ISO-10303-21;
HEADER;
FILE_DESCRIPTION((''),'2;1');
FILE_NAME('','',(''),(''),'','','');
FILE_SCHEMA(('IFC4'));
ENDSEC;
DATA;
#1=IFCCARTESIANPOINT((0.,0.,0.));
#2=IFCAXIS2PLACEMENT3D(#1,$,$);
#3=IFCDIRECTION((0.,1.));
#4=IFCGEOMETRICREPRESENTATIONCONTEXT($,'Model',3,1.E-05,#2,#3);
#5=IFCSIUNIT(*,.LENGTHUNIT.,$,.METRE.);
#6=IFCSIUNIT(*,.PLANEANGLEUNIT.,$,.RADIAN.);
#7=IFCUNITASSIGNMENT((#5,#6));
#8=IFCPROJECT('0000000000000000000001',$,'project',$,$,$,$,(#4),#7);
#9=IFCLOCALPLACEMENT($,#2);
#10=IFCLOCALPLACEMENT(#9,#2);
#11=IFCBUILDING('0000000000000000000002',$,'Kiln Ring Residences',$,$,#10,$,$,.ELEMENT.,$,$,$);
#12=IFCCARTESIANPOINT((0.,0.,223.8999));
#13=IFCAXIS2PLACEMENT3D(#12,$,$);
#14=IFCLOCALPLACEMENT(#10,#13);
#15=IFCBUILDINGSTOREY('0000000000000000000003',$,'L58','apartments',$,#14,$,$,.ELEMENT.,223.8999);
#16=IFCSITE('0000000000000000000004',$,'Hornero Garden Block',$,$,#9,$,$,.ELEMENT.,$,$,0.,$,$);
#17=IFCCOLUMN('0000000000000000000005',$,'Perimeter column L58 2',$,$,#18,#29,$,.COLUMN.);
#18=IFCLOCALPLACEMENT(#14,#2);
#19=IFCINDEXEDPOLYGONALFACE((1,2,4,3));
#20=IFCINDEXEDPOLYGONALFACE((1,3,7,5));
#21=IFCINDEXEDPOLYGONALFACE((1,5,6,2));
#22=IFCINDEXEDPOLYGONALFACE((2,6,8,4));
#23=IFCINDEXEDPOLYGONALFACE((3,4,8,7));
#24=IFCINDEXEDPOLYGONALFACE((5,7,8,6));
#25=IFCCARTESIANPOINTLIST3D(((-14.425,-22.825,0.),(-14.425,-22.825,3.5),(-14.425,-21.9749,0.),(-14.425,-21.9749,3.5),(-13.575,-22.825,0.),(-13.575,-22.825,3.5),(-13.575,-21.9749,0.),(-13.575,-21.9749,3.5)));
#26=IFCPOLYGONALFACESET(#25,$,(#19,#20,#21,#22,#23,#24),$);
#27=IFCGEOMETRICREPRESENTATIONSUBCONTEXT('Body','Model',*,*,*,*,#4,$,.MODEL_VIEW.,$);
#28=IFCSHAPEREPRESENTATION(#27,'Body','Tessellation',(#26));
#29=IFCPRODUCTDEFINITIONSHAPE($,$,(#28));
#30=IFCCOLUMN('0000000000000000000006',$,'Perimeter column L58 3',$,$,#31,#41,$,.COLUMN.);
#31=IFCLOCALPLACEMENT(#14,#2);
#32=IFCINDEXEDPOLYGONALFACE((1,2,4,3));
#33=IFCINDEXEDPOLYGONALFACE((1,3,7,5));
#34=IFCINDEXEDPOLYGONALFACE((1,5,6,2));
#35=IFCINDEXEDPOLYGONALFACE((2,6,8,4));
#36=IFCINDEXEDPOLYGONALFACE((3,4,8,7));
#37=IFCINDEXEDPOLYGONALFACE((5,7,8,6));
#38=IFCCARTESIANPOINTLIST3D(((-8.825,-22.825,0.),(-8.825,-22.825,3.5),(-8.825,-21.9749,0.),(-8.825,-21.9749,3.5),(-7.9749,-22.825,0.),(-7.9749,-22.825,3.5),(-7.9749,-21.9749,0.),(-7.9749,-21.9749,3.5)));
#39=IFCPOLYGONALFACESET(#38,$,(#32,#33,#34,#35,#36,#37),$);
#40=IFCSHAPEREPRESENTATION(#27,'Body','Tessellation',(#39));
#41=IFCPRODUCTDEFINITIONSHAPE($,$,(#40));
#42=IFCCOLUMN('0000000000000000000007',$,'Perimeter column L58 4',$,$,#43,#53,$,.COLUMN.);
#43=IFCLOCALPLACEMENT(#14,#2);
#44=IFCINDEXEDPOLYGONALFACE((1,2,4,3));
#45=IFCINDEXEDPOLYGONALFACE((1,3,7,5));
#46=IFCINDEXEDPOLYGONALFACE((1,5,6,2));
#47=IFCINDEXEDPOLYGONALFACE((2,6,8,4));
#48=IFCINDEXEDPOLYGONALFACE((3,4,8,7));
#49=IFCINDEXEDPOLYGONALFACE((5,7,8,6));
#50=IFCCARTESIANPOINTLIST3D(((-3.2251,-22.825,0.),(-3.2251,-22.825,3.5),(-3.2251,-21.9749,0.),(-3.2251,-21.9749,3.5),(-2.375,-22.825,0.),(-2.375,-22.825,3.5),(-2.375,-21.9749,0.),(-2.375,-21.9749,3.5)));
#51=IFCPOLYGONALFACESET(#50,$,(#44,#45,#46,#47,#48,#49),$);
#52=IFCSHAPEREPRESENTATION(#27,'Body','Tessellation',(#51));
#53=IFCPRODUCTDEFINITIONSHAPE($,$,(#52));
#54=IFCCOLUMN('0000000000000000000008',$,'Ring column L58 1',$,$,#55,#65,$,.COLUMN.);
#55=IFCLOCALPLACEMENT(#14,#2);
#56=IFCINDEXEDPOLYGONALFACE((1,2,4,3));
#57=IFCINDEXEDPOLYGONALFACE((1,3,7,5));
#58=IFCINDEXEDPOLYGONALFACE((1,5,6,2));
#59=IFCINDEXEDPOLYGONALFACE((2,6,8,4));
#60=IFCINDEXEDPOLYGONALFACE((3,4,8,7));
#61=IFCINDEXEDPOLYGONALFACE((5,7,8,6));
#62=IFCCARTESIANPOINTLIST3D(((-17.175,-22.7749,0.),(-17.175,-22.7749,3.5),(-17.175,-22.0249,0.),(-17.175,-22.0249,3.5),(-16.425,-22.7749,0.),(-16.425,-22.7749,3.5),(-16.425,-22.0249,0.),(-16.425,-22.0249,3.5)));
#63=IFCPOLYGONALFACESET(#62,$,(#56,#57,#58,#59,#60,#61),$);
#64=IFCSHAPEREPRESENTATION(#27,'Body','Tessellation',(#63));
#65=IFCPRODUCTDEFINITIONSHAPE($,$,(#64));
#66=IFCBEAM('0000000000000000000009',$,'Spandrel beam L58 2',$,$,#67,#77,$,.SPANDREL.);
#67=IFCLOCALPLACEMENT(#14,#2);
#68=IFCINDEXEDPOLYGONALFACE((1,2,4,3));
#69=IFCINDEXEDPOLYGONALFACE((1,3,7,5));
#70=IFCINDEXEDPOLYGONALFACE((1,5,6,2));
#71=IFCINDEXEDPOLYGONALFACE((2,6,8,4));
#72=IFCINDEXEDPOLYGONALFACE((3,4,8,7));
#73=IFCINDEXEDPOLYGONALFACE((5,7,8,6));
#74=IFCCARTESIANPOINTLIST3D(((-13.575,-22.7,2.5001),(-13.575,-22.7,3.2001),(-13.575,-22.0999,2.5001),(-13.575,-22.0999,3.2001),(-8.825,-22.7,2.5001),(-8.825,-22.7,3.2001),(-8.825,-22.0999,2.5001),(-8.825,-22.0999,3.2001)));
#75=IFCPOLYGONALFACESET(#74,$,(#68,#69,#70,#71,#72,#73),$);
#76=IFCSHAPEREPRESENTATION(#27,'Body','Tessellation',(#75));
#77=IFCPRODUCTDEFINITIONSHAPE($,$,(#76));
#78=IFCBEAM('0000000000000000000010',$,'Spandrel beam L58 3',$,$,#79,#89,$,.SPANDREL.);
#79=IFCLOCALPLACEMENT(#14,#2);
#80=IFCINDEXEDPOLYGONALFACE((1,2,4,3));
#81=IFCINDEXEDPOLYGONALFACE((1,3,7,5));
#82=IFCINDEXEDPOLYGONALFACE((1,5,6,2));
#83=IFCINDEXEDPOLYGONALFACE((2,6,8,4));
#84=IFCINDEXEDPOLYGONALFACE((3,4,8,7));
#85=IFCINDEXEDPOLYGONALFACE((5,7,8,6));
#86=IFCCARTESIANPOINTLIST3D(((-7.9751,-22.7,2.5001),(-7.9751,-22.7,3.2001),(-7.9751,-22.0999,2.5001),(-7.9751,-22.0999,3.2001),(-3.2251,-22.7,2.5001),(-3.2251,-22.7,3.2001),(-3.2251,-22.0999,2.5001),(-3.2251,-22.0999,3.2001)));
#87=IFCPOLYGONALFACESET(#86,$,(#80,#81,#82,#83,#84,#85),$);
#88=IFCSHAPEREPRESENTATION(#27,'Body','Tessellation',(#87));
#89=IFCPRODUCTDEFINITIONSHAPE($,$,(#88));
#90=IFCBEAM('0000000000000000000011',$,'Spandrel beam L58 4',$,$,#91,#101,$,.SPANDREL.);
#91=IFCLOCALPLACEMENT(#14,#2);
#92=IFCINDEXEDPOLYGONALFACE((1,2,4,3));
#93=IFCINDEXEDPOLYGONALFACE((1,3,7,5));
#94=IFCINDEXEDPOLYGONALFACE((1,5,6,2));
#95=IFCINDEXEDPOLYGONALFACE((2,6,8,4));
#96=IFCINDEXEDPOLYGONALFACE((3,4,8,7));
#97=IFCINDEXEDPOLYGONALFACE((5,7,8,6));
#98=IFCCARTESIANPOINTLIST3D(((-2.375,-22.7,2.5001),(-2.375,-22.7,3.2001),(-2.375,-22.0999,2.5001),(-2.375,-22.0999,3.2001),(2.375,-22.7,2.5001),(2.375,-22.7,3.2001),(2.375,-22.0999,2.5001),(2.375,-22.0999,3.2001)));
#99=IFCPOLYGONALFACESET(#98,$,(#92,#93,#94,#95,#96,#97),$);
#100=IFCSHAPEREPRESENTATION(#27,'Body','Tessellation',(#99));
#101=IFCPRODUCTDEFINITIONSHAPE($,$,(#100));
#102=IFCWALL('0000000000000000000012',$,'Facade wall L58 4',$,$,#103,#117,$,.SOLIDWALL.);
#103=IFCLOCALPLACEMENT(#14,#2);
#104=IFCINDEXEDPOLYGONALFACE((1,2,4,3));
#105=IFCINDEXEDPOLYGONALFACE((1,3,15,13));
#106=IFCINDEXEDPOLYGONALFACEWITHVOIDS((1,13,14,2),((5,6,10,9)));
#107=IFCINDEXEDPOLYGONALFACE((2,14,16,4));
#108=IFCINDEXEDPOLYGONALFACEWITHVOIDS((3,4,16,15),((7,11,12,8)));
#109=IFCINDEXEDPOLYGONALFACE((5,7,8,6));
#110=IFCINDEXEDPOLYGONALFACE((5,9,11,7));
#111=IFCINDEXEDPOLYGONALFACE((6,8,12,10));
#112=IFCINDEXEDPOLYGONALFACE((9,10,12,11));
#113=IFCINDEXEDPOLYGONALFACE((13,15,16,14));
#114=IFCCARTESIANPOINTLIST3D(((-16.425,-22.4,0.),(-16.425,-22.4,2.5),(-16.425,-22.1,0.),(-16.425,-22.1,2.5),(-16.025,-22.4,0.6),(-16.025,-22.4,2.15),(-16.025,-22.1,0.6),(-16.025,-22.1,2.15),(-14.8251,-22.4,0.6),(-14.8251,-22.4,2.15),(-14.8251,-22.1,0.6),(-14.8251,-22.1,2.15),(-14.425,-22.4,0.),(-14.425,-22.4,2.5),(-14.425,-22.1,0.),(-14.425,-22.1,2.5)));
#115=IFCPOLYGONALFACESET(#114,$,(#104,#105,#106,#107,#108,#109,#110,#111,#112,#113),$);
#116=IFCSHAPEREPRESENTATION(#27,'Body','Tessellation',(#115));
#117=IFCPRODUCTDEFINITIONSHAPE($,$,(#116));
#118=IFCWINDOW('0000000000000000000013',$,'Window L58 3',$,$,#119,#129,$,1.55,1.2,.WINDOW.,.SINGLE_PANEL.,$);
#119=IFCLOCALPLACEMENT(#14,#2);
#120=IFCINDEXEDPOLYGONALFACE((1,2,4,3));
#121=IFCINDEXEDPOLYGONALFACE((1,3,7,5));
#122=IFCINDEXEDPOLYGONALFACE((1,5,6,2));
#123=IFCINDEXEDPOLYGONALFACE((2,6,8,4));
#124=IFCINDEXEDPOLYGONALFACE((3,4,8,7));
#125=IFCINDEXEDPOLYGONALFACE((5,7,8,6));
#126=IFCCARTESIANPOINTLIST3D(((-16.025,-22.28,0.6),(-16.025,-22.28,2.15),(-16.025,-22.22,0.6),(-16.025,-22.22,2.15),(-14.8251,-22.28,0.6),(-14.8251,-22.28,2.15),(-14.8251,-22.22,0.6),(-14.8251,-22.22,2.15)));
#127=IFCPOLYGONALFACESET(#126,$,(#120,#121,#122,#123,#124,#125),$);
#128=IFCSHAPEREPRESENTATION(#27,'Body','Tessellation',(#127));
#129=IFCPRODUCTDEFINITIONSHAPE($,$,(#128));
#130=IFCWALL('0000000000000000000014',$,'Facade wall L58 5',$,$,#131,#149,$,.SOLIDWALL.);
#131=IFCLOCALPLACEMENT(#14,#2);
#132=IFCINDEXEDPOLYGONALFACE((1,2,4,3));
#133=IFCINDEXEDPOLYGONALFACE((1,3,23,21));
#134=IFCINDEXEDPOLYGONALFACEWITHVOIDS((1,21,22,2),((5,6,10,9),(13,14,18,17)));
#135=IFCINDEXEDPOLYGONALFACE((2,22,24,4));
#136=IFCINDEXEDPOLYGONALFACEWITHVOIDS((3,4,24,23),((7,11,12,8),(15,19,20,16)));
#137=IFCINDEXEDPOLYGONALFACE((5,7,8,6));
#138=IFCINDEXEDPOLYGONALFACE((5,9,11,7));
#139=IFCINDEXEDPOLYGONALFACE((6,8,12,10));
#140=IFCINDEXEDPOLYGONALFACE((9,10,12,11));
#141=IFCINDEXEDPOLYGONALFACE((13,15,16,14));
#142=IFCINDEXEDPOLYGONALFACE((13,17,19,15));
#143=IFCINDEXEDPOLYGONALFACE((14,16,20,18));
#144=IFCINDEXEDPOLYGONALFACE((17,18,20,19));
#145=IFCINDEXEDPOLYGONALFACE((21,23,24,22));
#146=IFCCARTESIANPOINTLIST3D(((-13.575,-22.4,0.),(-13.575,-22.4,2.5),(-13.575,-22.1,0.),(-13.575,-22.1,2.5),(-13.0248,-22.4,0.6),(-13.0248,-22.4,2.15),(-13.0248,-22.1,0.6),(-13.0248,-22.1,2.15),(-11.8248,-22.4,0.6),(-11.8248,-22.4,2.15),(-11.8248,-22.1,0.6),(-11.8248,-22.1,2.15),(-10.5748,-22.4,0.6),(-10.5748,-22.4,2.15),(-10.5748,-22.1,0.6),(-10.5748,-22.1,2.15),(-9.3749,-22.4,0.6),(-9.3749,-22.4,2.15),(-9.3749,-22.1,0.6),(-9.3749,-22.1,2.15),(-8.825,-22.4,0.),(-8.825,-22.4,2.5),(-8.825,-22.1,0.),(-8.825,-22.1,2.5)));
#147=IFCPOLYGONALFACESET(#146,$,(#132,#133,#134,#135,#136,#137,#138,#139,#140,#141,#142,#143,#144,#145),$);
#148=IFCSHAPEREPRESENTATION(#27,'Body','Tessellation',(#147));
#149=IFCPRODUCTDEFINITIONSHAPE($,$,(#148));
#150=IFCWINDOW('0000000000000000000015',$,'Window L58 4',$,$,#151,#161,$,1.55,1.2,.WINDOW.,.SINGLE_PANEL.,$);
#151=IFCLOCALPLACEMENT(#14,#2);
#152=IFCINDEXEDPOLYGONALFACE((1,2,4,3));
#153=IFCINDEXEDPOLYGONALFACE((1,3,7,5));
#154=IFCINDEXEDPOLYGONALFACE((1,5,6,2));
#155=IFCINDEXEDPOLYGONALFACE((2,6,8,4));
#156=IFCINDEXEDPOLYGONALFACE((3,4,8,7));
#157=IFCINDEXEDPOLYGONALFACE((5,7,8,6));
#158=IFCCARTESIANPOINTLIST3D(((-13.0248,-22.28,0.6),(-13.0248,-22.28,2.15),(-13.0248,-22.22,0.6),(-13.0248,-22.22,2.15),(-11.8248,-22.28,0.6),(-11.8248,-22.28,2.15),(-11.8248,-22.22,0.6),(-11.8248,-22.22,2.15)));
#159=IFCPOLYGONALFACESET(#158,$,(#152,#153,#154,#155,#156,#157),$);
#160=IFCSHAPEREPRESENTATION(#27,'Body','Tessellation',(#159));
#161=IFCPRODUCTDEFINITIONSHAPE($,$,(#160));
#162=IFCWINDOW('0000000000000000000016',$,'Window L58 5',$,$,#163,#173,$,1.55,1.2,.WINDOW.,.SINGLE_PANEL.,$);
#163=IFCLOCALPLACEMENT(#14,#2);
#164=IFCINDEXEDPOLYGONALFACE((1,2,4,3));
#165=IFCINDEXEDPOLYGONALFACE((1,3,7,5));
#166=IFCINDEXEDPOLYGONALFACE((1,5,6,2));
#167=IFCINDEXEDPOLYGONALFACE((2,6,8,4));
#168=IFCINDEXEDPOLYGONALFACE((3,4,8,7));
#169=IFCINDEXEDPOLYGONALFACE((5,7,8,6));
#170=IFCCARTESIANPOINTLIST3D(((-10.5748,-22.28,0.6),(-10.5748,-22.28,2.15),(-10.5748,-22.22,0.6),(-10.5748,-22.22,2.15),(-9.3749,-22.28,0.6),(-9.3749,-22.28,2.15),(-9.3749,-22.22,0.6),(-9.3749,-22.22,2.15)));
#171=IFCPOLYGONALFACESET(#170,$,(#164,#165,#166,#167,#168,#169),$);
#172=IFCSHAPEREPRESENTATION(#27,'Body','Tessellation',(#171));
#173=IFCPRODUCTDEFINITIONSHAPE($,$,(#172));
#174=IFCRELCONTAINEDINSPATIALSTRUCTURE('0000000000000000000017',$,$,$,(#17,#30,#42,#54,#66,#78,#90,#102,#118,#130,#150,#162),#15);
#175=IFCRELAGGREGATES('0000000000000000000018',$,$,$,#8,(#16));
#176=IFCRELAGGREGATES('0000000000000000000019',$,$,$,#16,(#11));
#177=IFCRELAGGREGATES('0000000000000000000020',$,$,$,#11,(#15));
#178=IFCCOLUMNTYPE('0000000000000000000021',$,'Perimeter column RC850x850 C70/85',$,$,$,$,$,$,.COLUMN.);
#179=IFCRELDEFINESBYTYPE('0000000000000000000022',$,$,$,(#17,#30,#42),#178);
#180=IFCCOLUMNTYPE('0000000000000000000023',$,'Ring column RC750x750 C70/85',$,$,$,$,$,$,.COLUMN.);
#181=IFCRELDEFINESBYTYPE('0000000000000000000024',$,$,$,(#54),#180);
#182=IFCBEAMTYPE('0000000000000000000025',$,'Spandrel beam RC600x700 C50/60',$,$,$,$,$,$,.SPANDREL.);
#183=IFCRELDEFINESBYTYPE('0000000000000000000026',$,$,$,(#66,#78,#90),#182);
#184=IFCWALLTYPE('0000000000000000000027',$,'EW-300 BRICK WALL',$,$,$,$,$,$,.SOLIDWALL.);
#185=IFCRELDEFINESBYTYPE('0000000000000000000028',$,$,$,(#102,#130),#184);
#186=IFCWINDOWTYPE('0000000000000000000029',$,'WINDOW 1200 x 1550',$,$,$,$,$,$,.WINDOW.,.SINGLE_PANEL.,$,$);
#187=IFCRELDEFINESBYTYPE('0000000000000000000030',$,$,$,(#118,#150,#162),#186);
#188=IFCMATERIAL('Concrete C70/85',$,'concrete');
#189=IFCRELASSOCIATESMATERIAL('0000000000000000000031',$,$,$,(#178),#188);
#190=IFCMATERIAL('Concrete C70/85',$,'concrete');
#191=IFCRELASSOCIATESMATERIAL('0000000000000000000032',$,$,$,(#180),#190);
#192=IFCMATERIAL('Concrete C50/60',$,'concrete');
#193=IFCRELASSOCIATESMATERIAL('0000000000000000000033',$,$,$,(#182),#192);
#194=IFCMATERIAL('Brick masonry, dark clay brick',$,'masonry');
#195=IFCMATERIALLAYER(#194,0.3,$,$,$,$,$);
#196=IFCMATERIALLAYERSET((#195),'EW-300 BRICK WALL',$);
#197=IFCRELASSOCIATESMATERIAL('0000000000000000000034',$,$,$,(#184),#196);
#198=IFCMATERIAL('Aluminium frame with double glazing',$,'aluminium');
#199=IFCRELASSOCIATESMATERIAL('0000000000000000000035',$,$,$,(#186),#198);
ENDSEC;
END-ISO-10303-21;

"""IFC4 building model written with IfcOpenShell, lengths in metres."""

from ifc_helpers import new_model, si_unit, direction, frame, frame_2d, origin, origin_2d, place, context, subcontext, project, spatial, rectangle, extrude, material, layer, layer_set, material_profile, profile_set, type_object, element, fill, save


model = new_model("IFC4")

# Units and contexts
model_context = context("Model", 3, precision=1e-05, world=origin(), true_north=direction((0.0, 1.0)))
body_context = subcontext(model_context, "Body", "Model", "MODEL_VIEW")
ifc_project = project(units=[si_unit("LENGTHUNIT", "METRE"), si_unit("PLANEANGLEUNIT", "RADIAN")], contexts=[model_context])

# Site, building, storey
site_placement = place(None, origin())
site = spatial("IfcSite", under=ifc_project, at=site_placement, Name="Hornero Garden Block", CompositionType="ELEMENT", RefElevation=0.0)
building_placement = place(site_placement, origin())
building = spatial("IfcBuilding", under=site, at=building_placement, Name="Kiln Ring Residences", CompositionType="ELEMENT")
storey_placement = place(building_placement, frame((0.0, 0.0, 223.8999)))
storey = spatial("IfcBuildingStorey", under=building, at=storey_placement, Name="L58", Description="apartments", CompositionType="ELEMENT", Elevation=223.8999)

# Columns
ifc_material_1 = material(Name="Concrete C70/85", Category="concrete")
ifc_material_profile_1 = material_profile(ifc_material_1, rectangle(XDim=0.8501, YDim=0.8501, at=origin_2d()), Name="RC850x850")
ifc_profile_set_1 = profile_set([ifc_material_profile_1], Name="Concrete C70/85")
column_type_1 = type_object("IfcColumnType", Name="Perimeter column RC850x850 C70/85", PredefinedType="COLUMN", material=ifc_profile_set_1)
for number, where, z_axis, x_axis, name in (
    (1, (-14.0, -22.3999, 0.0), (0.0, 0.0, 1.0), (1.0, 0.0, 0.0), "Perimeter column L58 2"),
    (2, (-8.3999, -22.3999, 0.0), (0.0, 0.0, 1.0), (1.0, 0.0, 0.0), "Perimeter column L58 3"),
    (3, (-2.8, -22.3999, 0.0), (0.0, 0.0, 1.0), (1.0, 0.0, 0.0), "Perimeter column L58 4"),
):
    element("IfcColumn", number, at=place(storey_placement, frame(where, z_axis=z_axis, x_axis=x_axis)), inside=storey, type_object=column_type_1, Name=name, PredefinedType="COLUMN", context=body_context, shape_type="SweptSolid", body=[
        extrude(rectangle(XDim=0.8501, YDim=0.8501, at=origin_2d()), origin(), (0.0, 0.0, 1.0), 3.5),
    ])
ifc_material_2 = material(Name="Concrete C70/85", Category="concrete")
ifc_material_profile_2 = material_profile(ifc_material_2, rectangle(XDim=0.75, YDim=0.75, at=origin_2d()), Name="RC750x750")
ifc_profile_set_2 = profile_set([ifc_material_profile_2], Name="Concrete C70/85")
column_type_2 = type_object("IfcColumnType", Name="Ring column RC750x750 C70/85", PredefinedType="COLUMN", material=ifc_profile_set_2)
column_placement = place(storey_placement, frame((-16.8, -22.3999, 0.0), z_axis=(0.0, 0.0, 1.0), x_axis=(1.0, 0.0, 0.0)))
element("IfcColumn", 4, at=column_placement, inside=storey, type_object=column_type_2, Name="Ring column L58 1", PredefinedType="COLUMN", context=body_context, shape_type="SweptSolid", body=[
    extrude(rectangle(XDim=0.75, YDim=0.75, at=origin_2d()), origin(), (0.0, 0.0, 1.0), 3.5),
])

# Beams
ifc_material_3 = material(Name="Concrete C50/60", Category="concrete")
ifc_material_profile_3 = material_profile(ifc_material_3, rectangle(XDim=0.6001, YDim=0.7, at=origin_2d()), Name="RC600x700")
ifc_profile_set_3 = profile_set([ifc_material_profile_3], Name="Concrete C50/60")
beam_type = type_object("IfcBeamType", Name="Spandrel beam RC600x700 C50/60", PredefinedType="SPANDREL", material=ifc_profile_set_3)
for number, where, z_axis, x_axis, name in (
    (5, (-13.575, -22.3999, 2.8501), (1.0, 0.0, 0.0), (0.0, 1.0, 0.0), "Spandrel beam L58 2"),
    (6, (-7.9751, -22.3999, 2.8501), (1.0, 0.0, 0.0), (0.0, 1.0, 0.0), "Spandrel beam L58 3"),
    (7, (-2.375, -22.3999, 2.8501), (1.0, 0.0, 0.0), (0.0, 1.0, 0.0), "Spandrel beam L58 4"),
):
    element("IfcBeam", number, at=place(storey_placement, frame(where, z_axis=z_axis, x_axis=x_axis)), inside=storey, type_object=beam_type, Name=name, PredefinedType="SPANDREL", context=body_context, shape_type="SweptSolid", body=[
        extrude(rectangle(XDim=0.6001, YDim=0.7, at=origin_2d()), origin(), (0.0, 0.0, 1.0), 4.75),
    ])

# Wall, opening, window
ifc_material_4 = material(Name="Brick masonry, dark clay brick", Category="masonry")
ifc_layer_1 = layer(ifc_material_4, 0.3)
ifc_layer_set_1 = layer_set([ifc_layer_1], Name="EW-300 BRICK WALL")
wall_type_1 = type_object("IfcWallType", Name="EW-300 BRICK WALL", PredefinedType="SOLIDWALL", material=ifc_layer_set_1)
wall_1_placement = place(storey_placement, frame((-16.425, -22.25, 0.0), z_axis=(0.0, 0.0, 1.0), x_axis=(1.0, 0.0, 0.0)))
wall_1 = element("IfcWall", 8, at=wall_1_placement, inside=storey, type_object=wall_type_1, Name="Facade wall L58 4", PredefinedType="SOLIDWALL", context=body_context, shape_type="SweptSolid", body=[
    extrude(rectangle(XDim=2.0, YDim=0.3, at=frame_2d((1.0, 0.0))), origin(), (0.0, 0.0, 1.0), 2.5),
])
opening_1_placement = place(wall_1_placement, frame((0.3999, 0.0, 0.6001)))
opening_1 = element("IfcOpeningElement", 9, at=opening_1_placement, cuts=wall_1, PredefinedType="OPENING", context=body_context, shape_type="SweptSolid", body=[
    extrude(rectangle(XDim=1.2, YDim=1.55, at=frame_2d((0.6001, 0.7749))), frame((0.0, 0.1599, 0.0), z_axis=(0.0, -1.0, 0.0), x_axis=(1.0, 0.0, 0.0)), (0.0, 0.0, 1.0), 0.3201),
])
ifc_material_5 = material(Name="Aluminium frame with double glazing", Category="aluminium")
window_type_1 = type_object("IfcWindowType", Name="WINDOW 1200 x 1550", PartitioningType="SINGLE_PANEL", PredefinedType="WINDOW", material=ifc_material_5)
window_1_placement = place(opening_1_placement, origin())
window_1 = element("IfcWindow", 10, at=window_1_placement, inside=storey, type_object=window_type_1, Name="Window L58 3", OverallHeight=1.55, OverallWidth=1.2, PartitioningType="SINGLE_PANEL", PredefinedType="WINDOW", context=body_context, shape_type="SweptSolid", body=[
    extrude(rectangle(XDim=1.2, YDim=1.55, at=frame_2d((0.6001, 0.7749))), frame((0.0, 0.03, 0.0), z_axis=(0.0, -1.0, 0.0), x_axis=(1.0, 0.0, 0.0)), (0.0, 0.0, 1.0), 0.0601),
])
fill(opening_1, window_1)

# Wall, openings, windows
wall_2_placement = place(storey_placement, frame((-13.575, -22.25, 0.0), z_axis=(0.0, 0.0, 1.0), x_axis=(1.0, 0.0, 0.0)))
wall_2 = element("IfcWall", 11, at=wall_2_placement, inside=storey, type_object=wall_type_1, Name="Facade wall L58 5", PredefinedType="SOLIDWALL", context=body_context, shape_type="SweptSolid", body=[
    extrude(rectangle(XDim=4.75, YDim=0.3, at=frame_2d((2.375, 0.0))), origin(), (0.0, 0.0, 1.0), 2.5),
])
opening_2_placement = place(wall_2_placement, frame((0.55, 0.0, 0.6001)))
opening_2 = element("IfcOpeningElement", 12, at=opening_2_placement, cuts=wall_2, PredefinedType="OPENING", context=body_context, shape_type="SweptSolid", body=[
    extrude(rectangle(XDim=1.2, YDim=1.55, at=frame_2d((0.6001, 0.7749))), frame((0.0, 0.1599, 0.0), z_axis=(0.0, -1.0, 0.0), x_axis=(1.0, 0.0, 0.0)), (0.0, 0.0, 1.0), 0.3201),
])
opening_3_placement = place(wall_2_placement, frame((3.0, 0.0, 0.6001)))
opening_3 = element("IfcOpeningElement", 13, at=opening_3_placement, cuts=wall_2, PredefinedType="OPENING", context=body_context, shape_type="SweptSolid", body=[
    extrude(rectangle(XDim=1.2, YDim=1.55, at=frame_2d((0.6001, 0.7749))), frame((0.0, 0.1599, 0.0), z_axis=(0.0, -1.0, 0.0), x_axis=(1.0, 0.0, 0.0)), (0.0, 0.0, 1.0), 0.3201),
])
window_2_placement = place(opening_2_placement, origin())
window_2 = element("IfcWindow", 14, at=window_2_placement, inside=storey, type_object=window_type_1, Name="Window L58 4", OverallHeight=1.55, OverallWidth=1.2, PartitioningType="SINGLE_PANEL", PredefinedType="WINDOW", context=body_context, shape_type="SweptSolid", body=[
    extrude(rectangle(XDim=1.2, YDim=1.55, at=frame_2d((0.6001, 0.7749))), frame((0.0, 0.03, 0.0), z_axis=(0.0, -1.0, 0.0), x_axis=(1.0, 0.0, 0.0)), (0.0, 0.0, 1.0), 0.0601),
])
fill(opening_2, window_2)
window_3_placement = place(opening_3_placement, origin())
window_3 = element("IfcWindow", 15, at=window_3_placement, inside=storey, type_object=window_type_1, Name="Window L58 5", OverallHeight=1.55, OverallWidth=1.2, PartitioningType="SINGLE_PANEL", PredefinedType="WINDOW", context=body_context, shape_type="SweptSolid", body=[
    extrude(rectangle(XDim=1.2, YDim=1.55, at=frame_2d((0.6001, 0.7749))), frame((0.0, 0.03, 0.0), z_axis=(0.0, -1.0, 0.0), x_axis=(1.0, 0.0, 0.0)), (0.0, 0.0, 1.0), 0.0601),
])
fill(opening_3, window_3)

save(model, "model.ifc")
